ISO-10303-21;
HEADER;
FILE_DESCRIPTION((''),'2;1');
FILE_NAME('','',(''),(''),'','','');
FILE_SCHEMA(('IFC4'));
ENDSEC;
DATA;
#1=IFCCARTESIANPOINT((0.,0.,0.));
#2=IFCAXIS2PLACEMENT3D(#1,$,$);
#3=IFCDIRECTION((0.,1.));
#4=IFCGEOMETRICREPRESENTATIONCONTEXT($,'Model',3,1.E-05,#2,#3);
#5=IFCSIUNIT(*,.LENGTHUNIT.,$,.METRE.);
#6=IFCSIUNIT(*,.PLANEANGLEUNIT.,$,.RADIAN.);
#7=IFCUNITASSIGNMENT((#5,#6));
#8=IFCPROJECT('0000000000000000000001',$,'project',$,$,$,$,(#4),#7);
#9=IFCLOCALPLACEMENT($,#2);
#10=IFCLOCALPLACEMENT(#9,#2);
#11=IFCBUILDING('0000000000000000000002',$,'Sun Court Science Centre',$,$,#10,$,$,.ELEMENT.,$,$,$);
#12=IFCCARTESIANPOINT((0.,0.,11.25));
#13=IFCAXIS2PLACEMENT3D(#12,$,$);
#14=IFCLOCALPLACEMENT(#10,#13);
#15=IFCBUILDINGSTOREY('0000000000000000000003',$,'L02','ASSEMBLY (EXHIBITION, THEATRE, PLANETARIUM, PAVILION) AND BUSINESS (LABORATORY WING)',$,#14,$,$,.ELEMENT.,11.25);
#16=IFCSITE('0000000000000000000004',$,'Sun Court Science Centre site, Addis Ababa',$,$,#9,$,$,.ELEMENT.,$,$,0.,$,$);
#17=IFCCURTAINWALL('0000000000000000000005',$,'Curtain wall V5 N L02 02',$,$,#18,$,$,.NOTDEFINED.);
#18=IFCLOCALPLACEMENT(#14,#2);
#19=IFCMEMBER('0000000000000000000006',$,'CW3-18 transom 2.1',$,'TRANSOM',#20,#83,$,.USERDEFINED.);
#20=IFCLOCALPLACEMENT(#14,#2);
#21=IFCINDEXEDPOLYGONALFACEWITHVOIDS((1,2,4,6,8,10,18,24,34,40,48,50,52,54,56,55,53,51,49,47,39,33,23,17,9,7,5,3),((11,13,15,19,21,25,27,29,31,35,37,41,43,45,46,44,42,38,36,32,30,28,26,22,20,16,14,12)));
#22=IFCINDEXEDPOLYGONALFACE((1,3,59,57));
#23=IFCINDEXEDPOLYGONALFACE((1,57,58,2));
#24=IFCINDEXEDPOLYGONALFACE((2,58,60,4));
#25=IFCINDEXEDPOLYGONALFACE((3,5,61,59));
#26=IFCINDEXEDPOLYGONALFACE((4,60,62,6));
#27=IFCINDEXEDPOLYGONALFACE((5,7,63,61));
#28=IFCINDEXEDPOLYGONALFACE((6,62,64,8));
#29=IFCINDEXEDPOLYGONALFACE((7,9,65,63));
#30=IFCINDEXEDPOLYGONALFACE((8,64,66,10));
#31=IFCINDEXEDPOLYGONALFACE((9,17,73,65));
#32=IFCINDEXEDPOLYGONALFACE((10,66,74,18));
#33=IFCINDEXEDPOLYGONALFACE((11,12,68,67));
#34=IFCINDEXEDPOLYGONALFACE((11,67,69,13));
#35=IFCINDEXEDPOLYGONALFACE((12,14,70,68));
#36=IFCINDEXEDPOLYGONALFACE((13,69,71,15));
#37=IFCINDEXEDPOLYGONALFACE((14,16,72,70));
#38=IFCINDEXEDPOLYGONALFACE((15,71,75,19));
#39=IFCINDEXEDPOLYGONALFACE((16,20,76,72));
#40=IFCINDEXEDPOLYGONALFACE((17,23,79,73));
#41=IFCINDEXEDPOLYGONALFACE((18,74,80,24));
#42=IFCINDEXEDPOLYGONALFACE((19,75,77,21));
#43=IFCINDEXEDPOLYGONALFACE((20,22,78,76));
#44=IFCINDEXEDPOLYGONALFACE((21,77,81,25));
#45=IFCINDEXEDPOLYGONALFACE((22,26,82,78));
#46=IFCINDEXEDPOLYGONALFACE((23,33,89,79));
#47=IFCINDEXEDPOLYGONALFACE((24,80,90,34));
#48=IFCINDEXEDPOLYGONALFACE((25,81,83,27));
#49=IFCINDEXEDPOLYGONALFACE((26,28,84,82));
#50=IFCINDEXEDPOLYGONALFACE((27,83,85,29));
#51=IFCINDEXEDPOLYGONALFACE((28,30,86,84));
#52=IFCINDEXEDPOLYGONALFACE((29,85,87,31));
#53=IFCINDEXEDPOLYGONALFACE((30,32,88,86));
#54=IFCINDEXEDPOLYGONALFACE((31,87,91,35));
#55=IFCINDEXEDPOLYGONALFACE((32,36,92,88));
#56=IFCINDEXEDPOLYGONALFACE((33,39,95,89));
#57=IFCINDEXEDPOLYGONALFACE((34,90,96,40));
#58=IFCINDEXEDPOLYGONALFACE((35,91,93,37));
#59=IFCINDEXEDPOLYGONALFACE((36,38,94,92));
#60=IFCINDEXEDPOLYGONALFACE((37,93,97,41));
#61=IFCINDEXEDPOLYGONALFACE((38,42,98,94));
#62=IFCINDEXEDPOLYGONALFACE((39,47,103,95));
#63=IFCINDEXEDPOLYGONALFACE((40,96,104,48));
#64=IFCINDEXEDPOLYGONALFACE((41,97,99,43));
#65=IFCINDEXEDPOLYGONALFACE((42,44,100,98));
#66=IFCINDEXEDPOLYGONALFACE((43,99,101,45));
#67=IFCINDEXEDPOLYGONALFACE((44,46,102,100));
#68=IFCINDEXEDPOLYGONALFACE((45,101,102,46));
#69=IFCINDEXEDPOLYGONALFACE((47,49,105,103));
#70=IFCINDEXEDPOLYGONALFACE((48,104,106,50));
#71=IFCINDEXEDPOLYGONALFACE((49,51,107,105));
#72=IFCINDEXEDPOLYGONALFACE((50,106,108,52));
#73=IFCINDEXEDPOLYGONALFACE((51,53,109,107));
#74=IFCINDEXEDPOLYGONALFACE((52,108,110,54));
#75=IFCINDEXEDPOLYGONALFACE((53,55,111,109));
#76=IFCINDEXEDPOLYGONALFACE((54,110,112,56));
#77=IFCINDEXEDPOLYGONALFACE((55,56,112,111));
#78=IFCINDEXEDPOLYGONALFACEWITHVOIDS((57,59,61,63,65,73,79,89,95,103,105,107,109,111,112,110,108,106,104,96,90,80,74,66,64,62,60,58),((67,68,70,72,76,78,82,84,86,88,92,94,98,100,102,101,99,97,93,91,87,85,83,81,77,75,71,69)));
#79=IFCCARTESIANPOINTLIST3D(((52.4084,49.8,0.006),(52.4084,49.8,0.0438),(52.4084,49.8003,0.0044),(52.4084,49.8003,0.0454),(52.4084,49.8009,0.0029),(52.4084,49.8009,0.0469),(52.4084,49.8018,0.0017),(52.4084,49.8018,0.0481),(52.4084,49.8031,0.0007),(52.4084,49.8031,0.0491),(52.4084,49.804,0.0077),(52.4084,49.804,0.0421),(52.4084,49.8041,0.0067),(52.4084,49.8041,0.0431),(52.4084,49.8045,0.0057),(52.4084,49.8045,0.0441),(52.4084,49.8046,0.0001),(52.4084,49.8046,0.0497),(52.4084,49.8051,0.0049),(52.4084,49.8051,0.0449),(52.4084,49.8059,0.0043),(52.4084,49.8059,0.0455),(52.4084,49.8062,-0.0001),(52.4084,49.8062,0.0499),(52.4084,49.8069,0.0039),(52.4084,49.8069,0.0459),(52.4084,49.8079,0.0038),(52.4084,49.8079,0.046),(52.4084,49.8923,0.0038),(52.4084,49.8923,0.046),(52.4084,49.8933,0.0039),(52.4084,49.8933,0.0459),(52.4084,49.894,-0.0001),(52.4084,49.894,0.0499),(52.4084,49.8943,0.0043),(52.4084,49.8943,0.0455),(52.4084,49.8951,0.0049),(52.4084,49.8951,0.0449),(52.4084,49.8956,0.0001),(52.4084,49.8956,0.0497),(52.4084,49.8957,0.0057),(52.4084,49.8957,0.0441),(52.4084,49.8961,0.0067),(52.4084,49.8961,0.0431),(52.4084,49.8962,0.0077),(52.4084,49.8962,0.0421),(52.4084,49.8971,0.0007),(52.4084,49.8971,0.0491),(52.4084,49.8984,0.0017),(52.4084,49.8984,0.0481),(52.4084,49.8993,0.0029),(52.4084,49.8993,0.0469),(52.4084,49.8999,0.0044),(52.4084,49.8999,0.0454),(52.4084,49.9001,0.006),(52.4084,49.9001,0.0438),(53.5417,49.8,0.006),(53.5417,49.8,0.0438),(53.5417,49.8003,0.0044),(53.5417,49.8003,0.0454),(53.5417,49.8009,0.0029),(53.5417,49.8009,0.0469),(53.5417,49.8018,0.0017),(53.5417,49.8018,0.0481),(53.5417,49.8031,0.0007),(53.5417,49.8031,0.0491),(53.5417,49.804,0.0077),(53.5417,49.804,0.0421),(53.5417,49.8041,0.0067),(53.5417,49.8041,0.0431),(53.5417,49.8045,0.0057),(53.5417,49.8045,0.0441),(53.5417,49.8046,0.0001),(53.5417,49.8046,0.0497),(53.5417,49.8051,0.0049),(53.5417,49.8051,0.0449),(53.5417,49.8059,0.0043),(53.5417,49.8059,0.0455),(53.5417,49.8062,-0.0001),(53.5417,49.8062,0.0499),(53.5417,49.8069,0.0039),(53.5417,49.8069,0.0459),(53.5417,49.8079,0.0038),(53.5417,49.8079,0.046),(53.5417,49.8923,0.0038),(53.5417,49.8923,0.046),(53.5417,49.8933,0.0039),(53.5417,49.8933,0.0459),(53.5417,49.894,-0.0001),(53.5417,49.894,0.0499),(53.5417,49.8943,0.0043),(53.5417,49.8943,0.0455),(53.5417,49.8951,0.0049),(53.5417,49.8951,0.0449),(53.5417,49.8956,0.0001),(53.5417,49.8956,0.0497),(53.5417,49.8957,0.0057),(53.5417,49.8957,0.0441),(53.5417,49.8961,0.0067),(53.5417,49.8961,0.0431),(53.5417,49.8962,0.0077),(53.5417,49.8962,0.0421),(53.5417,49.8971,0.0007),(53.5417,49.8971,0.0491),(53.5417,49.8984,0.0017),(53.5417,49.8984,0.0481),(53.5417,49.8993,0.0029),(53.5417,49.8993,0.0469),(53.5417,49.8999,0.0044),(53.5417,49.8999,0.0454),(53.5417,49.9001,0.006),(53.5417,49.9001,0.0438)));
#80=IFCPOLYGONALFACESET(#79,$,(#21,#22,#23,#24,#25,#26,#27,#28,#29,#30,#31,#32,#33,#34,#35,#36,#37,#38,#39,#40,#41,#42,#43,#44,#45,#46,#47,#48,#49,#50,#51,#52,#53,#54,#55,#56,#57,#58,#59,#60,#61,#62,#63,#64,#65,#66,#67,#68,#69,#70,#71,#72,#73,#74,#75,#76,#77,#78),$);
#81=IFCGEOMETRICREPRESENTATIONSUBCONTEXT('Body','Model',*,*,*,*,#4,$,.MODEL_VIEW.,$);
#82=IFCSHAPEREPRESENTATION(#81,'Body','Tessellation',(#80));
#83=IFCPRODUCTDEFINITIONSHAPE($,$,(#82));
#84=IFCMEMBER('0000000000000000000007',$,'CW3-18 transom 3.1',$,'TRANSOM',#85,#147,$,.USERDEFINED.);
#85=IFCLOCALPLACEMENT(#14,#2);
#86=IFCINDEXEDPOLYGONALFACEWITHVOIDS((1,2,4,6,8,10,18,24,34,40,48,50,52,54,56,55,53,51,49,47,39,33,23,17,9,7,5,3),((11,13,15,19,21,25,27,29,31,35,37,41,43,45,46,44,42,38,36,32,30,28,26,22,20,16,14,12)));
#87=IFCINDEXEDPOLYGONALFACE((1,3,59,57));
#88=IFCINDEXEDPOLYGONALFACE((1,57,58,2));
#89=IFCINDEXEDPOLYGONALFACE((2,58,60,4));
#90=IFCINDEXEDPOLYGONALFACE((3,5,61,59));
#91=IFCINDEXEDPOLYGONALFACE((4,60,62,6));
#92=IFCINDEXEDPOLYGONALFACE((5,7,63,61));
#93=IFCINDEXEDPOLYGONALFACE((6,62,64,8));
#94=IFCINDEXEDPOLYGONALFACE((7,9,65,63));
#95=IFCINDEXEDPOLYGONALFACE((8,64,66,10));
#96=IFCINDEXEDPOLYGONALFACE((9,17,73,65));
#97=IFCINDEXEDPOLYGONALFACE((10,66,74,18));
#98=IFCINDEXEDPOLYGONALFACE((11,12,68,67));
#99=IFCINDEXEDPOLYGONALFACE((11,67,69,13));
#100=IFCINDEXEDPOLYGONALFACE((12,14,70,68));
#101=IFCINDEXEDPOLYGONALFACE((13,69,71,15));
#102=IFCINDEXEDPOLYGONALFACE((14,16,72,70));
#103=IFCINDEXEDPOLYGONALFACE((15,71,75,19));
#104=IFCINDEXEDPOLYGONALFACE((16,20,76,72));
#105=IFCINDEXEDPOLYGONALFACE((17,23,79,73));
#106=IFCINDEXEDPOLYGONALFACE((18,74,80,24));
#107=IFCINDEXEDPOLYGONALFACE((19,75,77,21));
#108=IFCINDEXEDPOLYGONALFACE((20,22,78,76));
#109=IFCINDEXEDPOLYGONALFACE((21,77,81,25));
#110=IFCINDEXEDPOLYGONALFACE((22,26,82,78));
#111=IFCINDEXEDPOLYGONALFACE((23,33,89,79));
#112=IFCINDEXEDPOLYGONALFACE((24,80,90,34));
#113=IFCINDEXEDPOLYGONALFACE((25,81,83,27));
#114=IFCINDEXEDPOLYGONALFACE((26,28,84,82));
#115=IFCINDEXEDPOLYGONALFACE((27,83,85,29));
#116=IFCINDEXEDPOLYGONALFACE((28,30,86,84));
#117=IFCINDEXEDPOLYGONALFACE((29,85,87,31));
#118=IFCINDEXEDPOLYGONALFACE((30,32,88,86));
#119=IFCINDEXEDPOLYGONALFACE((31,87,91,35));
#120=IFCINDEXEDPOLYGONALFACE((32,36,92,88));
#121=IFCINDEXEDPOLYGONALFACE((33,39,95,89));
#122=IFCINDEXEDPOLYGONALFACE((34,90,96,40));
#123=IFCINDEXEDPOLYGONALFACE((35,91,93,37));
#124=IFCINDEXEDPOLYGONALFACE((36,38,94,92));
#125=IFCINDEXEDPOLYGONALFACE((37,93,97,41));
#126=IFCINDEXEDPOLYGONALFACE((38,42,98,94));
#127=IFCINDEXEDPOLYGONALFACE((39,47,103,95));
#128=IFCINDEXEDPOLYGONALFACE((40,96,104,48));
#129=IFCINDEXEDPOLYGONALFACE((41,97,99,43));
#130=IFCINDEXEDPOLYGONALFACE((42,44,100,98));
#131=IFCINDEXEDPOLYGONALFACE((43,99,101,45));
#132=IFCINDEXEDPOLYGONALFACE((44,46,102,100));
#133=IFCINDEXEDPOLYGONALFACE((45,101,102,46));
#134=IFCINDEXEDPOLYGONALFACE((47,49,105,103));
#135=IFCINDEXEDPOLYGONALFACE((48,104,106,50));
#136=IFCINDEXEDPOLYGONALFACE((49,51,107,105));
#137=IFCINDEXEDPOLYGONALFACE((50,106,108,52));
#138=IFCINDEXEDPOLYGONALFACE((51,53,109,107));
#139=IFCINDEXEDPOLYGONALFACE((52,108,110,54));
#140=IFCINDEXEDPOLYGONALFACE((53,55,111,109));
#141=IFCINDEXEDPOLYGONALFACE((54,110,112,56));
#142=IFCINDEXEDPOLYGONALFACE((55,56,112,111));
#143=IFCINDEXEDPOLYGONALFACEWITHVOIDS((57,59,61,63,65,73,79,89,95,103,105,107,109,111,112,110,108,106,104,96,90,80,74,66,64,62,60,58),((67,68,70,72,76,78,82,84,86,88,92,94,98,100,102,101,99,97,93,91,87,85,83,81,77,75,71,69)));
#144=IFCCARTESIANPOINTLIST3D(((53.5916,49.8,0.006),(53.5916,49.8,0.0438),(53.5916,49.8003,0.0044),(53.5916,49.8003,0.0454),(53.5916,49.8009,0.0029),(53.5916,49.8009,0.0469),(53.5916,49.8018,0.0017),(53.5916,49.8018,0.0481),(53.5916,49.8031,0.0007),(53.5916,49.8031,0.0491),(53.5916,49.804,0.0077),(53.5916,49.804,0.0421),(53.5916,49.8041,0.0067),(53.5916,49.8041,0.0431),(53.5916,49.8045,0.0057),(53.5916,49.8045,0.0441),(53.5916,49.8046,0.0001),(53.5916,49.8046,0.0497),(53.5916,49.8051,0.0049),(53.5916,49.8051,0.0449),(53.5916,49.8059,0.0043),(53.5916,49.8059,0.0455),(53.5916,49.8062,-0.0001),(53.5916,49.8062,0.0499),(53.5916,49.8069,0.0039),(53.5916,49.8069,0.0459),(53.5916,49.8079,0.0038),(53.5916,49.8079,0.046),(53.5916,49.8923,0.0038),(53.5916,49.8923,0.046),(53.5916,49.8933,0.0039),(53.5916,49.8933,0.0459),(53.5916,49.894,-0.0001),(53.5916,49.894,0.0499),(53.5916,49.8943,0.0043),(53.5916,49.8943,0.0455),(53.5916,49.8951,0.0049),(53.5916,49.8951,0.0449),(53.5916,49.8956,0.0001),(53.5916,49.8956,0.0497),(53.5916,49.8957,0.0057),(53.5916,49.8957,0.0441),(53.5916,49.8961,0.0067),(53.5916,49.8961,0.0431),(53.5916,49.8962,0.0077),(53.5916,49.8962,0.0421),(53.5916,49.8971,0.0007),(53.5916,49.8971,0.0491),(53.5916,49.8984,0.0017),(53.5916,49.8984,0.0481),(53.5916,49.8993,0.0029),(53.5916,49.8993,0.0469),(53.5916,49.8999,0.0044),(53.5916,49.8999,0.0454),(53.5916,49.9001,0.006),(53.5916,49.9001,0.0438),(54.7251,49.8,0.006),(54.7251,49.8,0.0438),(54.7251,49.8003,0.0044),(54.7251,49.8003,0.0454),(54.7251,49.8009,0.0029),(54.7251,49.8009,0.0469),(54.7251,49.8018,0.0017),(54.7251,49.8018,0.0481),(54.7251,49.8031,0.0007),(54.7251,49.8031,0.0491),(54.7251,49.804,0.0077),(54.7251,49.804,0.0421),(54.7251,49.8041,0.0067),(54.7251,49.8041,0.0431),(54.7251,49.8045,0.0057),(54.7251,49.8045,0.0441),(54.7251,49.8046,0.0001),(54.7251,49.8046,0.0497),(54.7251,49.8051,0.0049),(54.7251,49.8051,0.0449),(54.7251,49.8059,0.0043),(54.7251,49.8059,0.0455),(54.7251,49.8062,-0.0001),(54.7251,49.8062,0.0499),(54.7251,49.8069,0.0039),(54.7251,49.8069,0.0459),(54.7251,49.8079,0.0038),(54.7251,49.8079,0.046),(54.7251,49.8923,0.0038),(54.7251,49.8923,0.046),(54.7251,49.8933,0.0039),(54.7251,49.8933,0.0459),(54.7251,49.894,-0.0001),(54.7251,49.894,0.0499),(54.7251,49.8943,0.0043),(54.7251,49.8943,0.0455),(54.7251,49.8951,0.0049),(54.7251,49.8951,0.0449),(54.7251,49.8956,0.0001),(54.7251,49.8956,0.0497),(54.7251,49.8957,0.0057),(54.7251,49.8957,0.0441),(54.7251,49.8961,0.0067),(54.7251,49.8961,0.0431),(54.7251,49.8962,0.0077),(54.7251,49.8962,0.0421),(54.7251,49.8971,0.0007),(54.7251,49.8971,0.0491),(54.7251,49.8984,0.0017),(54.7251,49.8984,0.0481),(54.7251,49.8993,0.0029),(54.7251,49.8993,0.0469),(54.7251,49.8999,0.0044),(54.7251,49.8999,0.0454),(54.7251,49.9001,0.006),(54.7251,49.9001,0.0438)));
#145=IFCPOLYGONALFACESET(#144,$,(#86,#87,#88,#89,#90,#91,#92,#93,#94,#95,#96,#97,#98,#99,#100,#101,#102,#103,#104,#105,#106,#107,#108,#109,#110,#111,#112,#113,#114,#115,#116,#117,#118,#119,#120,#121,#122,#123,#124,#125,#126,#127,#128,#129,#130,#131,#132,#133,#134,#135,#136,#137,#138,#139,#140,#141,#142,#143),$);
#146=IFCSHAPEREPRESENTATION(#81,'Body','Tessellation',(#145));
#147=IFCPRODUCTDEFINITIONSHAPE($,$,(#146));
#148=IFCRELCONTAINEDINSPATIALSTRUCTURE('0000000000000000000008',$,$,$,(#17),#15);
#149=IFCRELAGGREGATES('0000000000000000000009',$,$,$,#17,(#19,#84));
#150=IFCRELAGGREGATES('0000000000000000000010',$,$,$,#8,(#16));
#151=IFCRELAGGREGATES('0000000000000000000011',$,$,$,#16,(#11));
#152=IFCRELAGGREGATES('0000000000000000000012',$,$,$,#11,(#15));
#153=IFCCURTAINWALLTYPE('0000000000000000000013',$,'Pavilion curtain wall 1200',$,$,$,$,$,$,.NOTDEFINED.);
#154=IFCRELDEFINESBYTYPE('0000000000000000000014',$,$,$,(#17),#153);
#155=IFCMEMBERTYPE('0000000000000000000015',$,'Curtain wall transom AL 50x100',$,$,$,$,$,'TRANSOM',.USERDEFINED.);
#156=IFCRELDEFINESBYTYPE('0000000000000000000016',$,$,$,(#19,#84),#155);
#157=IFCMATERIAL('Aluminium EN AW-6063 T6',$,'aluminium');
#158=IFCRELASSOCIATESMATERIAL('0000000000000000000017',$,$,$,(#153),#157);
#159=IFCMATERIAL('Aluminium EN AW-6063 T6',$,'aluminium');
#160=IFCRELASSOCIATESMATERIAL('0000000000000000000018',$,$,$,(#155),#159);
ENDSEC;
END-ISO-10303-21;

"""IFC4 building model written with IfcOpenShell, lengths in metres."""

from ifc_helpers import new_model, si_unit, direction, frame, origin, origin_2d, place, context, subcontext, project, spatial, hollow_rectangle, extrude, material, material_profile, profile_set, type_object, element, aggregate, save


model = new_model("IFC4")

# Units and contexts
model_context = context("Model", 3, precision=1e-05, world=origin(), true_north=direction((0.0, 1.0)))
body_context = subcontext(model_context, "Body", "Model", "MODEL_VIEW")
ifc_project = project(units=[si_unit("LENGTHUNIT", "METRE"), si_unit("PLANEANGLEUNIT", "RADIAN")], contexts=[model_context])

# Site, building, storey
site_placement = place(None, origin())
site = spatial("IfcSite", under=ifc_project, at=site_placement, Name="Sun Court Science Centre site, Addis Ababa", CompositionType="ELEMENT", RefElevation=0.0)
building_placement = place(site_placement, origin())
building = spatial("IfcBuilding", under=site, at=building_placement, Name="Sun Court Science Centre", CompositionType="ELEMENT")
storey_placement = place(building_placement, frame((0.0, 0.0, 11.25)))
storey = spatial("IfcBuildingStorey", under=building, at=storey_placement, Name="L02", Description="ASSEMBLY (EXHIBITION, THEATRE, PLANETARIUM, PAVILION) AND BUSINESS (LABORATORY WING)", CompositionType="ELEMENT", Elevation=11.25)

# Shared definitions
ifc_material_1 = material(Name="Aluminium EN AW-6063 T6", Category="aluminium")
curtain_wall_type = type_object("IfcCurtainWallType", Name="Pavilion curtain wall 1200", PredefinedType="NOTDEFINED", material=ifc_material_1)

# Curtain wall
curtain_wall_1_placement = place(storey_placement, origin())
curtain_wall_1 = element("IfcCurtainWall", 1, at=curtain_wall_1_placement, inside=storey, type_object=curtain_wall_type, Name="Curtain wall V5 N L02 02", PredefinedType="NOTDEFINED")

# Members
ifc_material_2 = material(Name="Aluminium EN AW-6063 T6", Category="aluminium")
ifc_material_profile_1 = material_profile(ifc_material_2, hollow_rectangle(XDim=0.05, YDim=0.1001, WallThickness=0.0039, InnerFilletRadius=0.0039, OuterFilletRadius=0.0061, at=origin_2d()), Name="AL 50x100x4")
ifc_profile_set_1 = profile_set([ifc_material_profile_1], Name="Aluminium EN AW-6063 T6")
member_type_1 = type_object("IfcMemberType", Name="Curtain wall transom AL 50x100", ElementType="TRANSOM", PredefinedType="USERDEFINED", material=ifc_profile_set_1)
member_1_placement = place(storey_placement, frame((52.4084, 49.8501, 0.0249), z_axis=(1.0, 0.0, 0.0), x_axis=(0.0, 0.0, 1.0)))
member_1 = element("IfcMember", 2, at=member_1_placement, type_object=member_type_1, Name="CW3-18 transom 2.1", ObjectType="TRANSOM", PredefinedType="USERDEFINED", context=body_context, shape_type="SweptSolid", body=[
    extrude(hollow_rectangle(XDim=0.05, YDim=0.1001, WallThickness=0.0039, InnerFilletRadius=0.0039, OuterFilletRadius=0.0061, at=origin_2d()), origin(), (0.0, 0.0, 1.0), 1.1333),
])
member_2_placement = place(storey_placement, frame((53.5916, 49.8501, 0.0249), z_axis=(1.0, 0.0, 0.0), x_axis=(0.0, 0.0, 1.0)))
member_2 = element("IfcMember", 3, at=member_2_placement, type_object=member_type_1, Name="CW3-18 transom 3.1", ObjectType="TRANSOM", PredefinedType="USERDEFINED", context=body_context, shape_type="SweptSolid", body=[
    extrude(hollow_rectangle(XDim=0.05, YDim=0.1001, WallThickness=0.0039, InnerFilletRadius=0.0039, OuterFilletRadius=0.0061, at=origin_2d()), origin(), (0.0, 0.0, 1.0), 1.1335),
])

aggregate(curtain_wall_1, [member_1, member_2])

save(model, "model.ifc")
